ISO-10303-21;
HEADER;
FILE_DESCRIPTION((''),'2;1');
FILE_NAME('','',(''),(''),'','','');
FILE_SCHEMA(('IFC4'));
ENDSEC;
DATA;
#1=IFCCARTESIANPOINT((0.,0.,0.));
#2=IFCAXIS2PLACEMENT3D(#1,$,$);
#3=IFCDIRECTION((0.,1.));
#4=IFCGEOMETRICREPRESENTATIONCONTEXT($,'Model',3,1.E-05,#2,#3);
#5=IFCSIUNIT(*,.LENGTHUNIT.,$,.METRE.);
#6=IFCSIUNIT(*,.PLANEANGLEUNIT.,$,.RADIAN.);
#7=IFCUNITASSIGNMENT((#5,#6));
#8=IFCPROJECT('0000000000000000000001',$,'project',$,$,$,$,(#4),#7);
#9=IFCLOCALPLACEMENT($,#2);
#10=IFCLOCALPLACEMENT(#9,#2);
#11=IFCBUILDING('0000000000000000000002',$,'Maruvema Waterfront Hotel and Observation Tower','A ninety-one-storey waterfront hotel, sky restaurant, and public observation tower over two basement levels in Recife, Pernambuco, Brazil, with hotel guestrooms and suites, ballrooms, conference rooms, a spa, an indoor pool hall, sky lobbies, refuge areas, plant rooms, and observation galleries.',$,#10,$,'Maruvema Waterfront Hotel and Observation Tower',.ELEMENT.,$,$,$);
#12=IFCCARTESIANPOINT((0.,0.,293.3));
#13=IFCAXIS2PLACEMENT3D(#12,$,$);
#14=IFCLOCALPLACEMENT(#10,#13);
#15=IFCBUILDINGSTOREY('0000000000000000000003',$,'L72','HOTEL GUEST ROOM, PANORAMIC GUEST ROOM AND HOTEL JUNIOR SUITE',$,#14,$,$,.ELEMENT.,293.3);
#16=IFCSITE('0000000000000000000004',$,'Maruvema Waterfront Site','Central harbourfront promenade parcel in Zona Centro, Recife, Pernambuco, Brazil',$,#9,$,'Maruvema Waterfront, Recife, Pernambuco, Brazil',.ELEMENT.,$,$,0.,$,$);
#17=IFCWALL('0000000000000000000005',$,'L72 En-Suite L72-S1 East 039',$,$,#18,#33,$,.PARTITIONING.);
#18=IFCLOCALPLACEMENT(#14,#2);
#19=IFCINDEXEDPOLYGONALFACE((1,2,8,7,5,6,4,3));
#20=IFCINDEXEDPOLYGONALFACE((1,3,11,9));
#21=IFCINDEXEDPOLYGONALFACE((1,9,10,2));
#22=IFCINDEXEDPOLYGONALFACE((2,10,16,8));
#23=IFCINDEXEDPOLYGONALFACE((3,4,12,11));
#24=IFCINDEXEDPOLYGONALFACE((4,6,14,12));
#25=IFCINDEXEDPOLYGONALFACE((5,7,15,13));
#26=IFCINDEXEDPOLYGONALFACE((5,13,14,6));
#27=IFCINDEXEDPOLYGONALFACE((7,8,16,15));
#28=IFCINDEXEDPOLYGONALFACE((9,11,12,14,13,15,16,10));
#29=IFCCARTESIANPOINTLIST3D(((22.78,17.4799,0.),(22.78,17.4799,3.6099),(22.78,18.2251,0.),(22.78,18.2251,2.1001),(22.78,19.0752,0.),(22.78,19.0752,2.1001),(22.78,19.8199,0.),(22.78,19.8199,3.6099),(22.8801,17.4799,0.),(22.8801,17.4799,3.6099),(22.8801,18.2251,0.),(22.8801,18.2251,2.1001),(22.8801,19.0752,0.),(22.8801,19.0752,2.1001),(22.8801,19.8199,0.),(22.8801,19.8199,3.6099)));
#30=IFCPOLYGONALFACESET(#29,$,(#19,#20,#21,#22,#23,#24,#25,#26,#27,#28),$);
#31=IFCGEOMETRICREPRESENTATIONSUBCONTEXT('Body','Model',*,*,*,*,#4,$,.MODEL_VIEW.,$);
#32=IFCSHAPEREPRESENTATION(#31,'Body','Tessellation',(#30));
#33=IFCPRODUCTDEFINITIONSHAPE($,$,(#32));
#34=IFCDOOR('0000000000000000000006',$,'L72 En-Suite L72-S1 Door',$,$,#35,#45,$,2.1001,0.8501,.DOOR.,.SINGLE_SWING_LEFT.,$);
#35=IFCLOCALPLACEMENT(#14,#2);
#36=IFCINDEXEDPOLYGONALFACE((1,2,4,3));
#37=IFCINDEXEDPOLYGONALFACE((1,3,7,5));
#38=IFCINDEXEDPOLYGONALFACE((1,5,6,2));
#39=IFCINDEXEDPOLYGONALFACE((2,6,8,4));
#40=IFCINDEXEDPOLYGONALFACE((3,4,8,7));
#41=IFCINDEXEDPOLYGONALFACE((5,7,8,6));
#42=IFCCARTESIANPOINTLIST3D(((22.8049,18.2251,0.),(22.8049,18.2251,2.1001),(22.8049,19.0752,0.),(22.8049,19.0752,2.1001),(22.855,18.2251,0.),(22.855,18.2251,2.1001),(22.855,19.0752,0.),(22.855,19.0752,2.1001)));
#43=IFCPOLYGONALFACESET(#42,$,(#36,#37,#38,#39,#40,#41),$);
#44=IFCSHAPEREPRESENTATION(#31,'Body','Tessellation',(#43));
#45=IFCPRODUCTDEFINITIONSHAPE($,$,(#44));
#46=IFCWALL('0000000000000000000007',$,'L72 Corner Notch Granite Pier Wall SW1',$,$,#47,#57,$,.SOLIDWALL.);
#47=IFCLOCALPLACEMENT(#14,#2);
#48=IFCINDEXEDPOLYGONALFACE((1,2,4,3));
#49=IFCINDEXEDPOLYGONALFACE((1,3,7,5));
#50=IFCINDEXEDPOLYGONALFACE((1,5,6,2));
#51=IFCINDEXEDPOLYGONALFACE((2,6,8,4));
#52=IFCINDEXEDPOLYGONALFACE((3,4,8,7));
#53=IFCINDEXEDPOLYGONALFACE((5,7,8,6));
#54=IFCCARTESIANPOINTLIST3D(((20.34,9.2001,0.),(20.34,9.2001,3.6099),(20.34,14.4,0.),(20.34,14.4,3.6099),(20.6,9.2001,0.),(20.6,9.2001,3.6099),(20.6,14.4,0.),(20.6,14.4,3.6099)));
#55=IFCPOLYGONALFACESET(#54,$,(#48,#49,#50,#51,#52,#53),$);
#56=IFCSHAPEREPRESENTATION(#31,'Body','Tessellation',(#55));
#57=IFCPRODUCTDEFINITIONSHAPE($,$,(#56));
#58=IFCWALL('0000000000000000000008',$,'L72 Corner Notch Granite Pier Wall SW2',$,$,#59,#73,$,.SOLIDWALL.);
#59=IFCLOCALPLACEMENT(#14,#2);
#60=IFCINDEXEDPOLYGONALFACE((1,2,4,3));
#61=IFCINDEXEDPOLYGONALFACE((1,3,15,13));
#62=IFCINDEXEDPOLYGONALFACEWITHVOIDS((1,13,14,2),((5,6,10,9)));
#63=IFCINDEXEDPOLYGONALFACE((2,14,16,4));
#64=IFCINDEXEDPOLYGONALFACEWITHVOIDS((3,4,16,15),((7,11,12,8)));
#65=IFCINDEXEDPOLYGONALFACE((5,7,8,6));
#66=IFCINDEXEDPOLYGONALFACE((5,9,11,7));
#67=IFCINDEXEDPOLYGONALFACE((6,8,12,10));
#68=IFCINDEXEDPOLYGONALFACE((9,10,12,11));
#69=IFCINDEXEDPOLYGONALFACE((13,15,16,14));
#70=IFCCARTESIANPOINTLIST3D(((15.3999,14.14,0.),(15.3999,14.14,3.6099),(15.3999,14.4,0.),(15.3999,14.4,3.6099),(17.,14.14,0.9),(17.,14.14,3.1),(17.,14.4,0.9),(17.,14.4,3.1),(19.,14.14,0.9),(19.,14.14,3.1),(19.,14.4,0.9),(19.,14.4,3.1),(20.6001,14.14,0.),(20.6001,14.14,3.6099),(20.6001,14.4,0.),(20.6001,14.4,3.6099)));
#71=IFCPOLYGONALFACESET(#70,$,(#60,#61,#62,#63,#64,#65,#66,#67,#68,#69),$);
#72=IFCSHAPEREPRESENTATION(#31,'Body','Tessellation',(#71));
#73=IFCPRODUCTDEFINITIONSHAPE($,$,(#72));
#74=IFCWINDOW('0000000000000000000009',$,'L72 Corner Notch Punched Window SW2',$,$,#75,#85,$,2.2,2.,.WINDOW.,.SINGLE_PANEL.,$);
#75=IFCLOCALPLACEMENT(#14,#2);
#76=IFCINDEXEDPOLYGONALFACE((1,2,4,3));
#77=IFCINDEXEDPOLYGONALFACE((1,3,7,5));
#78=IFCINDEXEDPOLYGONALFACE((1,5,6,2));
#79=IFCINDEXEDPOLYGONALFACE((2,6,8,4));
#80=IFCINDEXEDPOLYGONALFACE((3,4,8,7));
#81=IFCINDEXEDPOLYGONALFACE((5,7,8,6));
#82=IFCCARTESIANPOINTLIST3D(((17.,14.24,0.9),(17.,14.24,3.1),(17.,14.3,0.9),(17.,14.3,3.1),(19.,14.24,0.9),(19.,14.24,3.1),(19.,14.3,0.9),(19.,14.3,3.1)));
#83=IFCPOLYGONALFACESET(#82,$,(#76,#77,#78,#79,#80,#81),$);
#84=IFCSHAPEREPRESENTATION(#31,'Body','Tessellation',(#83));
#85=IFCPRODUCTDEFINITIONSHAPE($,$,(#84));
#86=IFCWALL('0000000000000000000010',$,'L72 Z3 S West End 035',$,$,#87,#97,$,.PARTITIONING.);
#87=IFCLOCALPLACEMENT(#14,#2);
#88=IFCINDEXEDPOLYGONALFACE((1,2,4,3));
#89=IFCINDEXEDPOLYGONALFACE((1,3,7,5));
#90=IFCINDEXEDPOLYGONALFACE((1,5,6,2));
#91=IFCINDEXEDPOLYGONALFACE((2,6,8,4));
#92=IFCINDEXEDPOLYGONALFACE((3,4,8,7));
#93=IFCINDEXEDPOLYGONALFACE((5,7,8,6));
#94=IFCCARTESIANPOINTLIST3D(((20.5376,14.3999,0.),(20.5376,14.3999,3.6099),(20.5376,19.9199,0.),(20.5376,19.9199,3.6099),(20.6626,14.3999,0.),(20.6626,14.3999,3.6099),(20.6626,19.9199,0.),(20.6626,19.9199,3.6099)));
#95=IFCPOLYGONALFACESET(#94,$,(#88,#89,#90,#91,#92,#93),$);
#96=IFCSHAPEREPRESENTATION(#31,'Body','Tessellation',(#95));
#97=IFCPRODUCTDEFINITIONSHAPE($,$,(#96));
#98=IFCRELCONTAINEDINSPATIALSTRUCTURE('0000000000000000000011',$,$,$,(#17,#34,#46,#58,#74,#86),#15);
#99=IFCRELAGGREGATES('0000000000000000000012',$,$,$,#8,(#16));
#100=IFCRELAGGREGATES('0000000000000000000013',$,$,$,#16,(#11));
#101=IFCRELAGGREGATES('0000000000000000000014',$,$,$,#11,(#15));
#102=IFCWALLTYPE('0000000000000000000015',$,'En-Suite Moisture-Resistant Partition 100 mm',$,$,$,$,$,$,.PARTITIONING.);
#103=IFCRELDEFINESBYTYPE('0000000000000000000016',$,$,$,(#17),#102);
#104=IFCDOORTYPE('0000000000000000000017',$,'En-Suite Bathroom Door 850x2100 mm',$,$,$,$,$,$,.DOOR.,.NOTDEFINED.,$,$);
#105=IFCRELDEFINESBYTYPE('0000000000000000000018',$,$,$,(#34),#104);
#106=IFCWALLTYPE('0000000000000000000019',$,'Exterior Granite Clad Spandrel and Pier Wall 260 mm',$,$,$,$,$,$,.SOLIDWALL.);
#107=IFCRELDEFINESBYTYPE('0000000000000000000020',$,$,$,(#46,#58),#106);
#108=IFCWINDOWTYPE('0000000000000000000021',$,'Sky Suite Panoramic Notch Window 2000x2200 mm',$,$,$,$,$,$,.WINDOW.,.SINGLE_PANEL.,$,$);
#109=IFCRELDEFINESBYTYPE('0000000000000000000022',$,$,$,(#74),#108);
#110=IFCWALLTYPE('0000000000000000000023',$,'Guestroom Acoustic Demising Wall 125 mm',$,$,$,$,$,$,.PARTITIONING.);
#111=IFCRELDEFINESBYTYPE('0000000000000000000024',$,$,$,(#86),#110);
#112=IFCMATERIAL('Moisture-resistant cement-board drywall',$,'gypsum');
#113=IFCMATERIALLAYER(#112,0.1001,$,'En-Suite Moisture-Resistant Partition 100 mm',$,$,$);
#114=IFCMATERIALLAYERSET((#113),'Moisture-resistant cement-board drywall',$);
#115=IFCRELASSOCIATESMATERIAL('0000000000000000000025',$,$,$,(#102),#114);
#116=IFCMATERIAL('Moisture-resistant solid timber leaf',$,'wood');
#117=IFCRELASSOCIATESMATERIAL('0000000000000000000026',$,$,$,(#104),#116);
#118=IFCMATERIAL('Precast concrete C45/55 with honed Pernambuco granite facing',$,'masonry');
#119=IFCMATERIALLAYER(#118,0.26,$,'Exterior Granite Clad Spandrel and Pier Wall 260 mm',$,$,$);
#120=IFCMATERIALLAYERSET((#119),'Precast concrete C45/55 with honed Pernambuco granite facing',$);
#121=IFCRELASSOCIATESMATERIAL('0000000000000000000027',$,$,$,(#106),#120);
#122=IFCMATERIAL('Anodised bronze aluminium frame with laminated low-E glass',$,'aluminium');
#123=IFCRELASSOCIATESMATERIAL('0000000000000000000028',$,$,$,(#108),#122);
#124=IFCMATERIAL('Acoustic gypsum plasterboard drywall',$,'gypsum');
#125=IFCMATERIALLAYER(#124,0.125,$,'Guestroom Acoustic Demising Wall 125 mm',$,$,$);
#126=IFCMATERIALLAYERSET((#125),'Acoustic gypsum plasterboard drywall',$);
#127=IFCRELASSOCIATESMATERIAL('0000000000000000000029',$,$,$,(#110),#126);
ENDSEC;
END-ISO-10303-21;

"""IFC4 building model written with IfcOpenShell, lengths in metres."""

from ifc_helpers import new_model, si_unit, direction, frame, frame_2d, origin, place, context, subcontext, project, spatial, rectangle, extrude, material, layer, layer_set, type_object, element, fill, save


model = new_model("IFC4")

# Units and contexts
model_context = context("Model", 3, precision=1e-05, world=origin(), true_north=direction((0.0, 1.0)))
body_context = subcontext(model_context, "Body", "Model", "MODEL_VIEW")
ifc_project = project(units=[si_unit("LENGTHUNIT", "METRE"), si_unit("PLANEANGLEUNIT", "RADIAN")], contexts=[model_context])

# Site, building, storey
site_placement = place(None, origin())
site = spatial("IfcSite", under=ifc_project, at=site_placement, Name="Maruvema Waterfront Site", Description="Central harbourfront promenade parcel in Zona Centro, Recife, Pernambuco, Brazil", LongName="Maruvema Waterfront, Recife, Pernambuco, Brazil", CompositionType="ELEMENT", RefElevation=0.0)
building_placement = place(site_placement, origin())
building = spatial("IfcBuilding", under=site, at=building_placement, Name="Maruvema Waterfront Hotel and Observation Tower", Description="A ninety-one-storey waterfront hotel, sky restaurant, and public observation tower over two basement levels in Recife, Pernambuco, Brazil, with hotel guestrooms and suites, ballrooms, conference rooms, a spa, an indoor pool hall, sky lobbies, refuge areas, plant rooms, and observation galleries.", LongName="Maruvema Waterfront Hotel and Observation Tower", CompositionType="ELEMENT")
storey_placement = place(building_placement, frame((0.0, 0.0, 293.3)))
storey = spatial("IfcBuildingStorey", under=building, at=storey_placement, Name="L72", Description="HOTEL GUEST ROOM, PANORAMIC GUEST ROOM AND HOTEL JUNIOR SUITE", CompositionType="ELEMENT", Elevation=293.3)

# Shared definitions
ifc_material_1 = material(Name="Moisture-resistant cement-board drywall", Category="gypsum")
ifc_layer_1 = layer(ifc_material_1, 0.1001, Name="En-Suite Moisture-Resistant Partition 100 mm")
ifc_layer_set_1 = layer_set([ifc_layer_1], Name="Moisture-resistant cement-board drywall")
wall_type_1 = type_object("IfcWallType", Name="En-Suite Moisture-Resistant Partition 100 mm", PredefinedType="PARTITIONING", material=ifc_layer_set_1)

# Wall, opening, door
wall_1_placement = place(storey_placement, frame((22.8301, 17.48, 0.0), z_axis=(0.0, 0.0, 1.0), x_axis=(0.0, 1.0, 0.0)))
wall_1 = element("IfcWall", 1, at=wall_1_placement, inside=storey, type_object=wall_type_1, Name="L72 En-Suite L72-S1 East 039", PredefinedType="PARTITIONING", context=body_context, shape_type="SweptSolid", body=[
    extrude(rectangle(XDim=2.3401, YDim=0.1001, at=frame_2d((1.1699, 0.0))), origin(), (0.0, 0.0, 1.0), 3.6099),
])
opening_1_placement = place(wall_1_placement, frame((0.7451, 0.0, 0.0)))
opening_1 = element("IfcOpeningElement", 2, at=opening_1_placement, cuts=wall_1, PredefinedType="OPENING", context=body_context, shape_type="SweptSolid", body=[
    extrude(rectangle(XDim=0.8501, YDim=2.1001, at=frame_2d((0.425, 1.05))), frame((0.0, 0.0601, 0.0), z_axis=(0.0, -1.0, 0.0), x_axis=(1.0, 0.0, 0.0)), (0.0, 0.0, 1.0), 0.1201),
])
ifc_material_2 = material(Name="Moisture-resistant solid timber leaf", Category="wood")
door_type = type_object("IfcDoorType", Name="En-Suite Bathroom Door 850x2100 mm", OperationType="NOTDEFINED", PredefinedType="DOOR", material=ifc_material_2)
door_placement = place(opening_1_placement, frame((0.8501, 0.0, 0.0), z_axis=(0.0, 0.0, 1.0), x_axis=(-1.0, 0.0, 0.0)))
door = element("IfcDoor", 3, at=door_placement, inside=storey, type_object=door_type, Name="L72 En-Suite L72-S1 Door", OperationType="SINGLE_SWING_LEFT", OverallHeight=2.1001, OverallWidth=0.8501, PredefinedType="DOOR", context=body_context, shape_type="SweptSolid", body=[
    extrude(rectangle(XDim=0.8501, YDim=2.1001, at=frame_2d((0.425, 1.05))), frame((0.0, 0.0249, 0.0), z_axis=(0.0, -1.0, 0.0), x_axis=(1.0, 0.0, 0.0)), (0.0, 0.0, 1.0), 0.05),
])
fill(opening_1, door)

# Wall
ifc_material_3 = material(Name="Precast concrete C45/55 with honed Pernambuco granite facing", Category="masonry")
ifc_layer_2 = layer(ifc_material_3, 0.26, Name="Exterior Granite Clad Spandrel and Pier Wall 260 mm")
ifc_layer_set_2 = layer_set([ifc_layer_2], Name="Precast concrete C45/55 with honed Pernambuco granite facing")
wall_type_2 = type_object("IfcWallType", Name="Exterior Granite Clad Spandrel and Pier Wall 260 mm", PredefinedType="SOLIDWALL", material=ifc_layer_set_2)
wall_2_placement = place(storey_placement, frame((20.47, 9.2, 0.0), z_axis=(0.0, 0.0, 1.0), x_axis=(0.0, 1.0, 0.0)))
element("IfcWall", 4, at=wall_2_placement, inside=storey, type_object=wall_type_2, Name="L72 Corner Notch Granite Pier Wall SW1", PredefinedType="SOLIDWALL", context=body_context, shape_type="SweptSolid", body=[
    extrude(rectangle(XDim=5.2, YDim=0.26, at=frame_2d((2.6001, 0.0))), origin(), (0.0, 0.0, 1.0), 3.6099),
])

# Wall, opening, window
wall_3_placement = place(storey_placement, frame((20.6001, 14.27, 0.0), z_axis=(0.0, 0.0, 1.0), x_axis=(-1.0, 0.0, 0.0)))
wall_3 = element("IfcWall", 5, at=wall_3_placement, inside=storey, type_object=wall_type_2, Name="L72 Corner Notch Granite Pier Wall SW2", PredefinedType="SOLIDWALL", context=body_context, shape_type="SweptSolid", body=[
    extrude(rectangle(XDim=5.2002, YDim=0.26, at=frame_2d((2.6001, 0.0))), origin(), (0.0, 0.0, 1.0), 3.6099),
])
opening_2_placement = place(wall_3_placement, frame((1.6001, 0.0, 0.8999)))
opening_2 = element("IfcOpeningElement", 6, at=opening_2_placement, cuts=wall_3, PredefinedType="OPENING", context=body_context, shape_type="SweptSolid", body=[
    extrude(rectangle(XDim=2.0, YDim=2.2, at=frame_2d((1.0, 1.1001))), frame((0.0, 0.1401, 0.0), z_axis=(0.0, -1.0, 0.0), x_axis=(1.0, 0.0, 0.0)), (0.0, 0.0, 1.0), 0.28),
])
ifc_material_4 = material(Name="Anodised bronze aluminium frame with laminated low-E glass", Category="aluminium")
window_type = type_object("IfcWindowType", Name="Sky Suite Panoramic Notch Window 2000x2200 mm", PartitioningType="SINGLE_PANEL", PredefinedType="WINDOW", material=ifc_material_4)
window_placement = place(opening_2_placement, origin())
window = element("IfcWindow", 7, at=window_placement, inside=storey, type_object=window_type, Name="L72 Corner Notch Punched Window SW2", OverallHeight=2.2, OverallWidth=2.0, PartitioningType="SINGLE_PANEL", PredefinedType="WINDOW", context=body_context, shape_type="SweptSolid", body=[
    extrude(rectangle(XDim=2.0, YDim=2.2, at=frame_2d((1.0, 1.1001))), frame((0.0, 0.03, 0.0), z_axis=(0.0, -1.0, 0.0), x_axis=(1.0, 0.0, 0.0)), (0.0, 0.0, 1.0), 0.0601),
])
fill(opening_2, window)

# Wall
ifc_material_5 = material(Name="Acoustic gypsum plasterboard drywall", Category="gypsum")
ifc_layer_3 = layer(ifc_material_5, 0.125, Name="Guestroom Acoustic Demising Wall 125 mm")
ifc_layer_set_3 = layer_set([ifc_layer_3], Name="Acoustic gypsum plasterboard drywall")
wall_type_3 = type_object("IfcWallType", Name="Guestroom Acoustic Demising Wall 125 mm", PredefinedType="PARTITIONING", material=ifc_layer_set_3)
wall_4_placement = place(storey_placement, frame((20.6001, 14.3999, 0.0), z_axis=(0.0, 0.0, 1.0), x_axis=(0.0, 1.0, 0.0)))
element("IfcWall", 8, at=wall_4_placement, inside=storey, type_object=wall_type_3, Name="L72 Z3 S West End 035", PredefinedType="PARTITIONING", context=body_context, shape_type="SweptSolid", body=[
    extrude(rectangle(XDim=5.52, YDim=0.125, at=frame_2d((2.76, 0.0))), origin(), (0.0, 0.0, 1.0), 3.6099),
])

save(model, "model.ifc")
